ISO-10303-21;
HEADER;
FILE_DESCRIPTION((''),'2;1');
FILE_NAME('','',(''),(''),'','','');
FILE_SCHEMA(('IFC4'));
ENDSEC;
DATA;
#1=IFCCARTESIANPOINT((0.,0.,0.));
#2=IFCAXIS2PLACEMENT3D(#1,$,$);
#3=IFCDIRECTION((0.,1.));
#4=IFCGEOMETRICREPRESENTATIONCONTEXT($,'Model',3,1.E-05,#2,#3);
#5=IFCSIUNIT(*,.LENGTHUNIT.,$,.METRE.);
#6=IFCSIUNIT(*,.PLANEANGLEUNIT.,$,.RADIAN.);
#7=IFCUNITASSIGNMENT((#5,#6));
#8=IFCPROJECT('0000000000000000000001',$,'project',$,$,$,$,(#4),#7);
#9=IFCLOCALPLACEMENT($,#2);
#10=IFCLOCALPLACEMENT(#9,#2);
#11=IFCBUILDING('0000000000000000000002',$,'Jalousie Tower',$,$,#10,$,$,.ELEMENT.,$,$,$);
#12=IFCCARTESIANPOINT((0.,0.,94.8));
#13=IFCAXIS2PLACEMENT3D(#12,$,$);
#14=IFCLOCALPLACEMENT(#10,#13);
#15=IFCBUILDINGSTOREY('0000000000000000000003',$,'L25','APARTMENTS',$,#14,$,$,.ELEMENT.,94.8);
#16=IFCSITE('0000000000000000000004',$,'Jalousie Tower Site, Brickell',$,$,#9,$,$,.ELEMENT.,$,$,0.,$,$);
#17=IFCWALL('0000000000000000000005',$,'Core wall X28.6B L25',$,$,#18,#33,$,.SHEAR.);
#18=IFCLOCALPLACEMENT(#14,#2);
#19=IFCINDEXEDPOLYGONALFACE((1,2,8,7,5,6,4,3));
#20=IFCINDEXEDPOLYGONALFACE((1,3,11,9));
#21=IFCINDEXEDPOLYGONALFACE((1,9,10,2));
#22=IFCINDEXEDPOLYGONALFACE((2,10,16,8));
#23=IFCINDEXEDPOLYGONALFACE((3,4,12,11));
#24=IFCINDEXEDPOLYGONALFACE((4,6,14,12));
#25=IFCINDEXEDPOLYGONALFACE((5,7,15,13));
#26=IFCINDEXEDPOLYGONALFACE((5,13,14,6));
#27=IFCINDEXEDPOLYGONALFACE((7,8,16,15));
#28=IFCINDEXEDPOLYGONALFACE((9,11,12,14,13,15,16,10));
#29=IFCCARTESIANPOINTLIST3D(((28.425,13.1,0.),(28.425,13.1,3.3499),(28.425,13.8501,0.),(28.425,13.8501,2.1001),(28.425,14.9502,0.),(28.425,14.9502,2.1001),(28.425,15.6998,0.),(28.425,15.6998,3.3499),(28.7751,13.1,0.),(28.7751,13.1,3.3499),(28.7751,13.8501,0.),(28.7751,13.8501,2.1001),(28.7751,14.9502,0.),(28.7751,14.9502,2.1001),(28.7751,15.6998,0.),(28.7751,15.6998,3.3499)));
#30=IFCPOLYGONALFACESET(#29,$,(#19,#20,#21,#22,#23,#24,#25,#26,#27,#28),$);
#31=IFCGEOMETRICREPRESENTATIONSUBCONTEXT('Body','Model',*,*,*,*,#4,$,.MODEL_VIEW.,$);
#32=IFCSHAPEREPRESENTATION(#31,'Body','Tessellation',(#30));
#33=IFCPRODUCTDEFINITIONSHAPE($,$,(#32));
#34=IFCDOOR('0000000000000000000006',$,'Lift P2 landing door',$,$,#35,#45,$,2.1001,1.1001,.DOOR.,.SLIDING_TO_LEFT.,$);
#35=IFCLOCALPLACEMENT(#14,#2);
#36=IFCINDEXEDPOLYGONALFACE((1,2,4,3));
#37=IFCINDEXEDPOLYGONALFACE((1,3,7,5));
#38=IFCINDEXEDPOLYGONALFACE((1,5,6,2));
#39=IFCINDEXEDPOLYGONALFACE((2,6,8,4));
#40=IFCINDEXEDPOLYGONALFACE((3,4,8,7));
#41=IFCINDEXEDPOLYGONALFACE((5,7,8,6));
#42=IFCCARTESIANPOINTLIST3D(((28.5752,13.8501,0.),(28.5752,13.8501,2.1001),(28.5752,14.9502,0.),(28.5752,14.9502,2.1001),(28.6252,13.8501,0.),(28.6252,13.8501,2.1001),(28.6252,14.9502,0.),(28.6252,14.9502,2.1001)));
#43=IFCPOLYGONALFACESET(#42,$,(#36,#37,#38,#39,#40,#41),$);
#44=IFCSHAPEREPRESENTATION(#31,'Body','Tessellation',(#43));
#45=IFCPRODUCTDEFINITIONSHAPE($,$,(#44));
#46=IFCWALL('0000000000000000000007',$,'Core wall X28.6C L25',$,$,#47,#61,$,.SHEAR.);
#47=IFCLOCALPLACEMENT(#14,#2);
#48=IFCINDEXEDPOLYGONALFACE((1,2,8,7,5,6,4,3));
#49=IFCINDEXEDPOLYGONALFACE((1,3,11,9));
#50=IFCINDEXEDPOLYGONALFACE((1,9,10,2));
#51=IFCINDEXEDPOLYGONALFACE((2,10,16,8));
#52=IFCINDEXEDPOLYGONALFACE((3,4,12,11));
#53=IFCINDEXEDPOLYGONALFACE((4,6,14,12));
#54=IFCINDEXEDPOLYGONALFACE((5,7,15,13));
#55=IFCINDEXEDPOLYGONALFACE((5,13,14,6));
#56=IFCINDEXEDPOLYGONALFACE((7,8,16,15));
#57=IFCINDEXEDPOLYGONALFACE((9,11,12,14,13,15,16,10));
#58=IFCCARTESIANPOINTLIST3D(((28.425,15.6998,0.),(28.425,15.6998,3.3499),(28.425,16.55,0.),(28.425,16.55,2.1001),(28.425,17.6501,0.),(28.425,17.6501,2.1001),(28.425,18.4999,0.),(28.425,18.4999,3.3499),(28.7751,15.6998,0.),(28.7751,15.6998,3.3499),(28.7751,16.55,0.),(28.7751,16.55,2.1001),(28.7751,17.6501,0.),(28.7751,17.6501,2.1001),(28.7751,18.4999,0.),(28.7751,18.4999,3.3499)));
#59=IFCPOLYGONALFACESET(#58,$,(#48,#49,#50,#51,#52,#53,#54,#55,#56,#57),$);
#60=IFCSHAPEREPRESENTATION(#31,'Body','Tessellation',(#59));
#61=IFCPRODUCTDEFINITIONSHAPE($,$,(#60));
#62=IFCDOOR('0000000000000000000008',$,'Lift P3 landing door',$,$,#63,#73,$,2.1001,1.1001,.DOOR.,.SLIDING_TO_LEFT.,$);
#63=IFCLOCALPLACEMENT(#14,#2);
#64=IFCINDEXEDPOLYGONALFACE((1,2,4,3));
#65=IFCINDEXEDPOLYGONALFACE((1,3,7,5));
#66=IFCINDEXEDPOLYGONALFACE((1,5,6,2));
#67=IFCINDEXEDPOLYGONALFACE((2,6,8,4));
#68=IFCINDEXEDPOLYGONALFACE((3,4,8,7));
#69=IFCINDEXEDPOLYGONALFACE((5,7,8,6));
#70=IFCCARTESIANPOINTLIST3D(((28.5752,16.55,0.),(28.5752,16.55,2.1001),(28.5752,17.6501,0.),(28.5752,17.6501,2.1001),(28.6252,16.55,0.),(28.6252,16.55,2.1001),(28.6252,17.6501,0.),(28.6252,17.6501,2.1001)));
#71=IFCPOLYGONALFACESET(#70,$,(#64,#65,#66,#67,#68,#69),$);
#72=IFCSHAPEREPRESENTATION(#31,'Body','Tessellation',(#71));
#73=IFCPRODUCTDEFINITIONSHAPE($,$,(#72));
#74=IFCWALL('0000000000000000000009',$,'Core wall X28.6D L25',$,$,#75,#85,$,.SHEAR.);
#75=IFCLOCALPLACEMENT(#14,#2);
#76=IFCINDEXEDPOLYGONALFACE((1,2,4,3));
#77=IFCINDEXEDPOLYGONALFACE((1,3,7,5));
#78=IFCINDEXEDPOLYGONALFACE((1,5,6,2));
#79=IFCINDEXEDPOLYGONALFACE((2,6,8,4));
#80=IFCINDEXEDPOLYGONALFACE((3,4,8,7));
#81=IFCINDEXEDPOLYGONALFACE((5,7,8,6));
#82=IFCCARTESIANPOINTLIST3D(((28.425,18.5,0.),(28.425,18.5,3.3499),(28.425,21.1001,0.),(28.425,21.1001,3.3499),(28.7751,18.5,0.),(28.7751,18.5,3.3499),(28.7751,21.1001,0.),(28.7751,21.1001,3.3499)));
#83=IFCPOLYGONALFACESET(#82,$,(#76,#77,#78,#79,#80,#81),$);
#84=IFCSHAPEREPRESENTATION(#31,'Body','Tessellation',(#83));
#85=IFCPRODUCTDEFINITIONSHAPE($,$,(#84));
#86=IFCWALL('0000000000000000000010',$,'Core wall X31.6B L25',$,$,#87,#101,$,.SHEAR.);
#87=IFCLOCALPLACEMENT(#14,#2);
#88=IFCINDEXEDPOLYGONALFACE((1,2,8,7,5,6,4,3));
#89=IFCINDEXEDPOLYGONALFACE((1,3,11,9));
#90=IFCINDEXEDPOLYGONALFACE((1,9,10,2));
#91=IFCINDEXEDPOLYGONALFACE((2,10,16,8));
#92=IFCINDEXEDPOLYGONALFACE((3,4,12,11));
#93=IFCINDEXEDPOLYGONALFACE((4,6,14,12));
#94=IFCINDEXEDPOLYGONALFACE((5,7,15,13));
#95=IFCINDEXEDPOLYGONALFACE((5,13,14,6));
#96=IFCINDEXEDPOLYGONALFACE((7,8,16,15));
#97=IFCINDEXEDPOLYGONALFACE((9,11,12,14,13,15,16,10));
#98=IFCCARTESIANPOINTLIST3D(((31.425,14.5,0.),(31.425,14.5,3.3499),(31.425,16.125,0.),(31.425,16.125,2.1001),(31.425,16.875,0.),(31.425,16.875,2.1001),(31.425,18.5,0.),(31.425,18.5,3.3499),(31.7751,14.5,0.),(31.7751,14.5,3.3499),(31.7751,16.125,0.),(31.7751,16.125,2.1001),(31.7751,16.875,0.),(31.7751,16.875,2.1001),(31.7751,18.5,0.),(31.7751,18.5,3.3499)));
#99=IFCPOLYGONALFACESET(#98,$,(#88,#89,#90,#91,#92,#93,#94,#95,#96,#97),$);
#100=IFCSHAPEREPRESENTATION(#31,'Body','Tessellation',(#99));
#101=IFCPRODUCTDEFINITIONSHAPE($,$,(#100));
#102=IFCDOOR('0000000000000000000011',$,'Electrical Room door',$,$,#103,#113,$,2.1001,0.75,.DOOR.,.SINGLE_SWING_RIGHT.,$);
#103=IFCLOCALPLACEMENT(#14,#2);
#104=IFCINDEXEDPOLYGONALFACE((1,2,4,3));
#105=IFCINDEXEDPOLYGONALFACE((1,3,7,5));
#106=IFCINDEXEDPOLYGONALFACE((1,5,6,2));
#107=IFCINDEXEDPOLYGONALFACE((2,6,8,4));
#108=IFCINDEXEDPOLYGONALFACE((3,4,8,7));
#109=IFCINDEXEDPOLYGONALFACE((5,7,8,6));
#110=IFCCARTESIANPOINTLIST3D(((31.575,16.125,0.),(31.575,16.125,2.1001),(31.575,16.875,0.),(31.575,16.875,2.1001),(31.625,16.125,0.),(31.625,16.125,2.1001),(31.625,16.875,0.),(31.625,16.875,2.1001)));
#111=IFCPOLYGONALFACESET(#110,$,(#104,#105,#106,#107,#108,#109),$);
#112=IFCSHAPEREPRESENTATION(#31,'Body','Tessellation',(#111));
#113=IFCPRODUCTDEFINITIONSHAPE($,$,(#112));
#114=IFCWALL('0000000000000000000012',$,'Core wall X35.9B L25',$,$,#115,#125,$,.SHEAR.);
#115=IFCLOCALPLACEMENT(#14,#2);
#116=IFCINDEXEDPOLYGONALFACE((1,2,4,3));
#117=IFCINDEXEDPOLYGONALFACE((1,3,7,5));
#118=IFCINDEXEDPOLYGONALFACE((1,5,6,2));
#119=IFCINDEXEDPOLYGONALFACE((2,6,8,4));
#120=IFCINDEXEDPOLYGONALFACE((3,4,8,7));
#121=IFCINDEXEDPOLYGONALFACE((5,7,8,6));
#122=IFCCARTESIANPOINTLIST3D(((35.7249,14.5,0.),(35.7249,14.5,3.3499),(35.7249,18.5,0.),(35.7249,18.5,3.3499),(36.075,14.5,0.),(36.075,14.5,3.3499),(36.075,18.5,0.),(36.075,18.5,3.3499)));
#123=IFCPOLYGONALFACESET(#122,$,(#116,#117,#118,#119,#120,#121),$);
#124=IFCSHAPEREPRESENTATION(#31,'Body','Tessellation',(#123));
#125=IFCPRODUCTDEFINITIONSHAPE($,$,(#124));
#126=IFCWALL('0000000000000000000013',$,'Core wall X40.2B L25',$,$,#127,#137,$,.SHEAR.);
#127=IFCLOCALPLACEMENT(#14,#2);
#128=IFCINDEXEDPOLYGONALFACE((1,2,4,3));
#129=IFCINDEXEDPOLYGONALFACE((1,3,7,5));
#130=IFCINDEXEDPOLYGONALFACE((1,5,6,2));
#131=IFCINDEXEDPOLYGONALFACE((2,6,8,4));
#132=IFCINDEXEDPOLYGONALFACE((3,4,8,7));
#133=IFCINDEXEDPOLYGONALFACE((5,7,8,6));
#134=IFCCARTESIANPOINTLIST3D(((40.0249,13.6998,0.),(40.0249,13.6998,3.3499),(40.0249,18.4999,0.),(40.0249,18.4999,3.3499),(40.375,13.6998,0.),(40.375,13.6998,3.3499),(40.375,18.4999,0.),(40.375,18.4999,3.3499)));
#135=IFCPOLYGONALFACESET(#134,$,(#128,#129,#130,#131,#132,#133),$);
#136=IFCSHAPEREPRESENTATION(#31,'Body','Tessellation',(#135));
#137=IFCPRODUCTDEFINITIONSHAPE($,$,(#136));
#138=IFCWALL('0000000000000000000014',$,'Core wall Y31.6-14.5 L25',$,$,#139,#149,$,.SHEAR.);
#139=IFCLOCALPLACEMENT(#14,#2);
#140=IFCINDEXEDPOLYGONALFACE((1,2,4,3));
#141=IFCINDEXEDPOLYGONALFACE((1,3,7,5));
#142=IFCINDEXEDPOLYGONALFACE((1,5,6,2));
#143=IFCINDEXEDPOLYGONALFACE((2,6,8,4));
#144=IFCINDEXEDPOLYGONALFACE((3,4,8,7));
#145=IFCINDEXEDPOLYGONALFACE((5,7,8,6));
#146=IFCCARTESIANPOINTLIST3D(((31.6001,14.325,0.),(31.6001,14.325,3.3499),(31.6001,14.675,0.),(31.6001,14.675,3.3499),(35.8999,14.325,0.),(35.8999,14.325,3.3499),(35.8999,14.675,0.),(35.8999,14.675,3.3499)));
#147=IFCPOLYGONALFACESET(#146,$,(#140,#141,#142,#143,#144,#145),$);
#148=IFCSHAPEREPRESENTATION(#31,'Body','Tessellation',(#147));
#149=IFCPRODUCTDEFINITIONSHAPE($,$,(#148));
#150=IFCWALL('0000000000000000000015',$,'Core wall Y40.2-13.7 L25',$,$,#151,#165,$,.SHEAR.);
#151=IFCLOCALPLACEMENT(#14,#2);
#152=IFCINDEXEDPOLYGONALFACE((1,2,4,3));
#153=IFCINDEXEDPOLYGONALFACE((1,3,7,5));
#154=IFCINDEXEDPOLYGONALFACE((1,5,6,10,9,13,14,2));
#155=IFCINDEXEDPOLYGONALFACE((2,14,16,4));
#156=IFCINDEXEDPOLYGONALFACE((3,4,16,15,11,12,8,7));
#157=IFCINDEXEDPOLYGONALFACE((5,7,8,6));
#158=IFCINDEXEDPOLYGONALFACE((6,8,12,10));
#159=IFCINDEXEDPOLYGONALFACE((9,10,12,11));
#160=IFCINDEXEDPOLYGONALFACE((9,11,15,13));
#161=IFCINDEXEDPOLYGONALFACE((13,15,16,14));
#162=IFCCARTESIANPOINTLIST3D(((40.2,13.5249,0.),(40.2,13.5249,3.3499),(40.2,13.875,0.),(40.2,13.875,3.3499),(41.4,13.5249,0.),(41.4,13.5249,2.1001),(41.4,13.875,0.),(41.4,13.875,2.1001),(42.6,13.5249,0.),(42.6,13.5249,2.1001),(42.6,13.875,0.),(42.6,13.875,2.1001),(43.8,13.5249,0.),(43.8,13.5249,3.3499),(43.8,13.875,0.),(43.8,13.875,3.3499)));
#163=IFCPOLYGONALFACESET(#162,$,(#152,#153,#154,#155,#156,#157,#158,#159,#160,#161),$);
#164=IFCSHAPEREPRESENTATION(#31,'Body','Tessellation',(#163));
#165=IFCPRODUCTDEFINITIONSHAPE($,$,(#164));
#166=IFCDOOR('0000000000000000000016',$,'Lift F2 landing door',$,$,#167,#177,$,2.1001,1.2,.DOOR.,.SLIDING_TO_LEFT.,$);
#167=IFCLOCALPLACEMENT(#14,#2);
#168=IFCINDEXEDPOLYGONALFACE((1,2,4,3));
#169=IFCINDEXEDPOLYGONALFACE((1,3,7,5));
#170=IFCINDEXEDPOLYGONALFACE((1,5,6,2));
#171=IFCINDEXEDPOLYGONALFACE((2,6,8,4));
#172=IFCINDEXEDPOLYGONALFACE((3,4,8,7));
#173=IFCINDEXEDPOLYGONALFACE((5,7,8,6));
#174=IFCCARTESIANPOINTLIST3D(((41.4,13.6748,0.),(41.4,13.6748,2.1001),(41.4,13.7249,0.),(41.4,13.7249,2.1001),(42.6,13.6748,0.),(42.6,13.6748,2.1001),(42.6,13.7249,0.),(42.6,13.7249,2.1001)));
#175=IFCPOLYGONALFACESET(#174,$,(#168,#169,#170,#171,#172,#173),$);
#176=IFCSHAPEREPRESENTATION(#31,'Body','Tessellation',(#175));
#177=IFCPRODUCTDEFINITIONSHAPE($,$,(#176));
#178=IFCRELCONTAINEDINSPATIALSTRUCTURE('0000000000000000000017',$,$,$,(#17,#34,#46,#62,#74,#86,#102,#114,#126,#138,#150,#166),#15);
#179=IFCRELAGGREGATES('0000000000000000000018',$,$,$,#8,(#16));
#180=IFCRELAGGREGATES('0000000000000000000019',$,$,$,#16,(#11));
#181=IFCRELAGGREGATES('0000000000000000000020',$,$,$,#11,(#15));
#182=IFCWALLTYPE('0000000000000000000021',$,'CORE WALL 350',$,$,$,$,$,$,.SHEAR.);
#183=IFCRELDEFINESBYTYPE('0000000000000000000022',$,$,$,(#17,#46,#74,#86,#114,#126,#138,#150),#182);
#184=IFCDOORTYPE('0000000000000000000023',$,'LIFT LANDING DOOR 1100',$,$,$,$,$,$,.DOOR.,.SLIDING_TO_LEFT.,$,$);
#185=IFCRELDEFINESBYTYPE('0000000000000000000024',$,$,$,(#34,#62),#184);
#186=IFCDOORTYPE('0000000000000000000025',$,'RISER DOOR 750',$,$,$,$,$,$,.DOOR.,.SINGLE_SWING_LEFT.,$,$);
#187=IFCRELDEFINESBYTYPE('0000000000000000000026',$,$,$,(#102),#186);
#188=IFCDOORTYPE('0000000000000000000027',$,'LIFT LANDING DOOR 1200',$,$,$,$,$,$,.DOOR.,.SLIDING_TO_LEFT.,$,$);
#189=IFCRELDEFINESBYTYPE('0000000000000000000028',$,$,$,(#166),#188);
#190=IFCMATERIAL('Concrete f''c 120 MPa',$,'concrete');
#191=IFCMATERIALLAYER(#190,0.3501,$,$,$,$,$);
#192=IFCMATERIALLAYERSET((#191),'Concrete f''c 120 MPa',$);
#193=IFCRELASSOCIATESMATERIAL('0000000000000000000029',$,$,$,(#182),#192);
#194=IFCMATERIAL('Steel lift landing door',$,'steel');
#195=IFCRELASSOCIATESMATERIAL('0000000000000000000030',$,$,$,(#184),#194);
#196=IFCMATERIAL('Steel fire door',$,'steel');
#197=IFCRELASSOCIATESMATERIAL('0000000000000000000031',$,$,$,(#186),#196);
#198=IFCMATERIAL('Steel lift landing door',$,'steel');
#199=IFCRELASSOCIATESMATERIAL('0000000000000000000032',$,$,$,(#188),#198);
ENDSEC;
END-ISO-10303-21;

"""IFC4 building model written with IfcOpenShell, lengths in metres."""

from ifc_helpers import new_model, si_unit, direction, frame, frame_2d, origin, place, context, subcontext, project, spatial, rectangle, extrude, material, layer, layer_set, type_object, element, fill, save


model = new_model("IFC4")

# Units and contexts
model_context = context("Model", 3, precision=1e-05, world=origin(), true_north=direction((0.0, 1.0)))
body_context = subcontext(model_context, "Body", "Model", "MODEL_VIEW")
ifc_project = project(units=[si_unit("LENGTHUNIT", "METRE"), si_unit("PLANEANGLEUNIT", "RADIAN")], contexts=[model_context])

# Site, building, storey
site_placement = place(None, origin())
site = spatial("IfcSite", under=ifc_project, at=site_placement, Name="Jalousie Tower Site, Brickell", CompositionType="ELEMENT", RefElevation=0.0)
building_placement = place(site_placement, origin())
building = spatial("IfcBuilding", under=site, at=building_placement, Name="Jalousie Tower", CompositionType="ELEMENT")
storey_placement = place(building_placement, frame((0.0, 0.0, 94.8)))
storey = spatial("IfcBuildingStorey", under=building, at=storey_placement, Name="L25", Description="APARTMENTS", CompositionType="ELEMENT", Elevation=94.8)

# Walls, openings, doors
ifc_material_1 = material(Name="Concrete f'c 120 MPa", Category="concrete")
ifc_layer = layer(ifc_material_1, 0.3501)
ifc_layer_set = layer_set([ifc_layer], Name="Concrete f'c 120 MPa")
wall_type = type_object("IfcWallType", Name="CORE WALL 350", PredefinedType="SHEAR", material=ifc_layer_set)
wall_1_placement = place(storey_placement, frame((28.6001, 13.1001, 0.0), z_axis=(0.0, 0.0, 1.0), x_axis=(0.0, 1.0, 0.0)))
wall_1 = element("IfcWall", 1, at=wall_1_placement, inside=storey, type_object=wall_type, Name="Core wall X28.6B L25", PredefinedType="SHEAR", context=body_context, shape_type="SweptSolid", body=[
    extrude(rectangle(XDim=2.5999, YDim=0.3501, at=frame_2d((1.2998, 0.0))), origin(), (0.0, 0.0, 1.0), 3.3499),
])
opening_1_placement = place(wall_1_placement, frame((0.75, 0.0, 0.0)))
opening_1 = element("IfcOpeningElement", 2, at=opening_1_placement, cuts=wall_1, PredefinedType="OPENING", context=body_context, shape_type="SweptSolid", body=[
    extrude(rectangle(XDim=1.1001, YDim=2.1001, at=frame_2d((0.55, 1.05))), frame((0.0, 0.1851, 0.0), z_axis=(0.0, -1.0, 0.0), x_axis=(1.0, 0.0, 0.0)), (0.0, 0.0, 1.0), 0.3701),
])
ifc_material_2 = material(Name="Steel lift landing door", Category="steel")
door_type_1 = type_object("IfcDoorType", Name="LIFT LANDING DOOR 1100", OperationType="SLIDING_TO_LEFT", PredefinedType="DOOR", material=ifc_material_2)
door_1_placement = place(opening_1_placement, origin())
door_1 = element("IfcDoor", 3, at=door_1_placement, inside=storey, type_object=door_type_1, Name="Lift P2 landing door", OperationType="SLIDING_TO_LEFT", OverallHeight=2.1001, OverallWidth=1.1001, PredefinedType="DOOR", context=body_context, shape_type="SweptSolid", body=[
    extrude(rectangle(XDim=1.1001, YDim=2.1001, at=frame_2d((0.55, 1.05))), frame((0.0, 0.0249, 0.0), z_axis=(0.0, -1.0, 0.0), x_axis=(1.0, 0.0, 0.0)), (0.0, 0.0, 1.0), 0.05),
])
fill(opening_1, door_1)
wall_2_placement = place(storey_placement, frame((28.6001, 15.7, 0.0), z_axis=(0.0, 0.0, 1.0), x_axis=(0.0, 1.0, 0.0)))
wall_2 = element("IfcWall", 4, at=wall_2_placement, inside=storey, type_object=wall_type, Name="Core wall X28.6C L25", PredefinedType="SHEAR", context=body_context, shape_type="SweptSolid", body=[
    extrude(rectangle(XDim=2.8, YDim=0.3501, at=frame_2d((1.3999, 0.0))), origin(), (0.0, 0.0, 1.0), 3.3499),
])
opening_2_placement = place(wall_2_placement, frame((0.8501, 0.0, 0.0)))
opening_2 = element("IfcOpeningElement", 5, at=opening_2_placement, cuts=wall_2, PredefinedType="OPENING", context=body_context, shape_type="SweptSolid", body=[
    extrude(rectangle(XDim=1.1001, YDim=2.1001, at=frame_2d((0.55, 1.05))), frame((0.0, 0.1851, 0.0), z_axis=(0.0, -1.0, 0.0), x_axis=(1.0, 0.0, 0.0)), (0.0, 0.0, 1.0), 0.3701),
])
door_2_placement = place(opening_2_placement, origin())
door_2 = element("IfcDoor", 6, at=door_2_placement, inside=storey, type_object=door_type_1, Name="Lift P3 landing door", OperationType="SLIDING_TO_LEFT", OverallHeight=2.1001, OverallWidth=1.1001, PredefinedType="DOOR", context=body_context, shape_type="SweptSolid", body=[
    extrude(rectangle(XDim=1.1001, YDim=2.1001, at=frame_2d((0.55, 1.05))), frame((0.0, 0.0249, 0.0), z_axis=(0.0, -1.0, 0.0), x_axis=(1.0, 0.0, 0.0)), (0.0, 0.0, 1.0), 0.05),
])
fill(opening_2, door_2)

# Wall
wall_3_placement = place(storey_placement, frame((28.6001, 18.5, 0.0), z_axis=(0.0, 0.0, 1.0), x_axis=(0.0, 1.0, 0.0)))
element("IfcWall", 7, at=wall_3_placement, inside=storey, type_object=wall_type, Name="Core wall X28.6D L25", PredefinedType="SHEAR", context=body_context, shape_type="SweptSolid", body=[
    extrude(rectangle(XDim=2.6001, YDim=0.3501, at=frame_2d((1.3, 0.0))), origin(), (0.0, 0.0, 1.0), 3.3499),
])

# Wall, opening, door
wall_4_placement = place(storey_placement, frame((31.6001, 14.5, 0.0), z_axis=(0.0, 0.0, 1.0), x_axis=(0.0, 1.0, 0.0)))
wall_4 = element("IfcWall", 8, at=wall_4_placement, inside=storey, type_object=wall_type, Name="Core wall X31.6B L25", PredefinedType="SHEAR", context=body_context, shape_type="SweptSolid", body=[
    extrude(rectangle(XDim=4.0, YDim=0.3501, at=frame_2d((2.0, 0.0))), origin(), (0.0, 0.0, 1.0), 3.3499),
])
opening_3_placement = place(wall_4_placement, frame((1.625, 0.0, 0.0)))
opening_3 = element("IfcOpeningElement", 9, at=opening_3_placement, cuts=wall_4, PredefinedType="OPENING", context=body_context, shape_type="SweptSolid", body=[
    extrude(rectangle(XDim=0.75, YDim=2.1001, at=frame_2d((0.375, 1.05))), frame((0.0, 0.1851, 0.0), z_axis=(0.0, -1.0, 0.0), x_axis=(1.0, 0.0, 0.0)), (0.0, 0.0, 1.0), 0.3701),
])
ifc_material_3 = material(Name="Steel fire door", Category="steel")
door_type_2 = type_object("IfcDoorType", Name="RISER DOOR 750", OperationType="SINGLE_SWING_LEFT", PredefinedType="DOOR", material=ifc_material_3)
door_3_placement = place(opening_3_placement, frame((0.75, 0.0, 0.0), z_axis=(0.0, 0.0, 1.0), x_axis=(-1.0, 0.0, 0.0)))
door_3 = element("IfcDoor", 10, at=door_3_placement, inside=storey, type_object=door_type_2, Name="Electrical Room door", OperationType="SINGLE_SWING_RIGHT", OverallHeight=2.1001, OverallWidth=0.75, PredefinedType="DOOR", context=body_context, shape_type="SweptSolid", body=[
    extrude(rectangle(XDim=0.75, YDim=2.1001, at=frame_2d((0.375, 1.05))), frame((0.0, 0.0249, 0.0), z_axis=(0.0, -1.0, 0.0), x_axis=(1.0, 0.0, 0.0)), (0.0, 0.0, 1.0), 0.05),
])
fill(opening_3, door_3)

# Walls
wall_5_placement = place(storey_placement, frame((35.8999, 14.5, 0.0), z_axis=(0.0, 0.0, 1.0), x_axis=(0.0, 1.0, 0.0)))
element("IfcWall", 11, at=wall_5_placement, inside=storey, type_object=wall_type, Name="Core wall X35.9B L25", PredefinedType="SHEAR", context=body_context, shape_type="SweptSolid", body=[
    extrude(rectangle(XDim=4.0, YDim=0.3501, at=frame_2d((2.0, 0.0))), origin(), (0.0, 0.0, 1.0), 3.3499),
])
wall_6_placement = place(storey_placement, frame((40.2, 13.7, 0.0), z_axis=(0.0, 0.0, 1.0), x_axis=(0.0, 1.0, 0.0)))
element("IfcWall", 12, at=wall_6_placement, inside=storey, type_object=wall_type, Name="Core wall X40.2B L25", PredefinedType="SHEAR", context=body_context, shape_type="SweptSolid", body=[
    extrude(rectangle(XDim=4.8, YDim=0.3501, at=frame_2d((2.3999, 0.0))), origin(), (0.0, 0.0, 1.0), 3.3499),
])
wall_7_placement = place(storey_placement, frame((31.6001, 14.5, 0.0), z_axis=(0.0, 0.0, 1.0), x_axis=(1.0, 0.0, 0.0)))
element("IfcWall", 13, at=wall_7_placement, inside=storey, type_object=wall_type, Name="Core wall Y31.6-14.5 L25", PredefinedType="SHEAR", context=body_context, shape_type="SweptSolid", body=[
    extrude(rectangle(XDim=4.2998, YDim=0.3501, at=frame_2d((2.1499, 0.0))), origin(), (0.0, 0.0, 1.0), 3.3499),
])

# Wall, opening, door
wall_8_placement = place(storey_placement, frame((40.2, 13.7, 0.0), z_axis=(0.0, 0.0, 1.0), x_axis=(1.0, 0.0, 0.0)))
wall_8 = element("IfcWall", 14, at=wall_8_placement, inside=storey, type_object=wall_type, Name="Core wall Y40.2-13.7 L25", PredefinedType="SHEAR", context=body_context, shape_type="SweptSolid", body=[
    extrude(rectangle(XDim=3.6001, YDim=0.3501, at=frame_2d((1.8, 0.0))), origin(), (0.0, 0.0, 1.0), 3.3499),
])
opening_4_placement = place(wall_8_placement, frame((1.2, 0.0, 0.0)))
opening_4 = element("IfcOpeningElement", 15, at=opening_4_placement, cuts=wall_8, PredefinedType="OPENING", context=body_context, shape_type="SweptSolid", body=[
    extrude(rectangle(XDim=1.2, YDim=2.1001, at=frame_2d((0.6001, 1.05))), frame((0.0, 0.1851, 0.0), z_axis=(0.0, -1.0, 0.0), x_axis=(1.0, 0.0, 0.0)), (0.0, 0.0, 1.0), 0.3701),
])
ifc_material_4 = material(Name="Steel lift landing door", Category="steel")
door_type_3 = type_object("IfcDoorType", Name="LIFT LANDING DOOR 1200", OperationType="SLIDING_TO_LEFT", PredefinedType="DOOR", material=ifc_material_4)
door_4_placement = place(opening_4_placement, origin())
door_4 = element("IfcDoor", 16, at=door_4_placement, inside=storey, type_object=door_type_3, Name="Lift F2 landing door", OperationType="SLIDING_TO_LEFT", OverallHeight=2.1001, OverallWidth=1.2, PredefinedType="DOOR", context=body_context, shape_type="SweptSolid", body=[
    extrude(rectangle(XDim=1.2, YDim=2.1001, at=frame_2d((0.6001, 1.05))), frame((0.0, 0.0249, 0.0), z_axis=(0.0, -1.0, 0.0), x_axis=(1.0, 0.0, 0.0)), (0.0, 0.0, 1.0), 0.05),
])
fill(opening_4, door_4)

save(model, "model.ifc")
